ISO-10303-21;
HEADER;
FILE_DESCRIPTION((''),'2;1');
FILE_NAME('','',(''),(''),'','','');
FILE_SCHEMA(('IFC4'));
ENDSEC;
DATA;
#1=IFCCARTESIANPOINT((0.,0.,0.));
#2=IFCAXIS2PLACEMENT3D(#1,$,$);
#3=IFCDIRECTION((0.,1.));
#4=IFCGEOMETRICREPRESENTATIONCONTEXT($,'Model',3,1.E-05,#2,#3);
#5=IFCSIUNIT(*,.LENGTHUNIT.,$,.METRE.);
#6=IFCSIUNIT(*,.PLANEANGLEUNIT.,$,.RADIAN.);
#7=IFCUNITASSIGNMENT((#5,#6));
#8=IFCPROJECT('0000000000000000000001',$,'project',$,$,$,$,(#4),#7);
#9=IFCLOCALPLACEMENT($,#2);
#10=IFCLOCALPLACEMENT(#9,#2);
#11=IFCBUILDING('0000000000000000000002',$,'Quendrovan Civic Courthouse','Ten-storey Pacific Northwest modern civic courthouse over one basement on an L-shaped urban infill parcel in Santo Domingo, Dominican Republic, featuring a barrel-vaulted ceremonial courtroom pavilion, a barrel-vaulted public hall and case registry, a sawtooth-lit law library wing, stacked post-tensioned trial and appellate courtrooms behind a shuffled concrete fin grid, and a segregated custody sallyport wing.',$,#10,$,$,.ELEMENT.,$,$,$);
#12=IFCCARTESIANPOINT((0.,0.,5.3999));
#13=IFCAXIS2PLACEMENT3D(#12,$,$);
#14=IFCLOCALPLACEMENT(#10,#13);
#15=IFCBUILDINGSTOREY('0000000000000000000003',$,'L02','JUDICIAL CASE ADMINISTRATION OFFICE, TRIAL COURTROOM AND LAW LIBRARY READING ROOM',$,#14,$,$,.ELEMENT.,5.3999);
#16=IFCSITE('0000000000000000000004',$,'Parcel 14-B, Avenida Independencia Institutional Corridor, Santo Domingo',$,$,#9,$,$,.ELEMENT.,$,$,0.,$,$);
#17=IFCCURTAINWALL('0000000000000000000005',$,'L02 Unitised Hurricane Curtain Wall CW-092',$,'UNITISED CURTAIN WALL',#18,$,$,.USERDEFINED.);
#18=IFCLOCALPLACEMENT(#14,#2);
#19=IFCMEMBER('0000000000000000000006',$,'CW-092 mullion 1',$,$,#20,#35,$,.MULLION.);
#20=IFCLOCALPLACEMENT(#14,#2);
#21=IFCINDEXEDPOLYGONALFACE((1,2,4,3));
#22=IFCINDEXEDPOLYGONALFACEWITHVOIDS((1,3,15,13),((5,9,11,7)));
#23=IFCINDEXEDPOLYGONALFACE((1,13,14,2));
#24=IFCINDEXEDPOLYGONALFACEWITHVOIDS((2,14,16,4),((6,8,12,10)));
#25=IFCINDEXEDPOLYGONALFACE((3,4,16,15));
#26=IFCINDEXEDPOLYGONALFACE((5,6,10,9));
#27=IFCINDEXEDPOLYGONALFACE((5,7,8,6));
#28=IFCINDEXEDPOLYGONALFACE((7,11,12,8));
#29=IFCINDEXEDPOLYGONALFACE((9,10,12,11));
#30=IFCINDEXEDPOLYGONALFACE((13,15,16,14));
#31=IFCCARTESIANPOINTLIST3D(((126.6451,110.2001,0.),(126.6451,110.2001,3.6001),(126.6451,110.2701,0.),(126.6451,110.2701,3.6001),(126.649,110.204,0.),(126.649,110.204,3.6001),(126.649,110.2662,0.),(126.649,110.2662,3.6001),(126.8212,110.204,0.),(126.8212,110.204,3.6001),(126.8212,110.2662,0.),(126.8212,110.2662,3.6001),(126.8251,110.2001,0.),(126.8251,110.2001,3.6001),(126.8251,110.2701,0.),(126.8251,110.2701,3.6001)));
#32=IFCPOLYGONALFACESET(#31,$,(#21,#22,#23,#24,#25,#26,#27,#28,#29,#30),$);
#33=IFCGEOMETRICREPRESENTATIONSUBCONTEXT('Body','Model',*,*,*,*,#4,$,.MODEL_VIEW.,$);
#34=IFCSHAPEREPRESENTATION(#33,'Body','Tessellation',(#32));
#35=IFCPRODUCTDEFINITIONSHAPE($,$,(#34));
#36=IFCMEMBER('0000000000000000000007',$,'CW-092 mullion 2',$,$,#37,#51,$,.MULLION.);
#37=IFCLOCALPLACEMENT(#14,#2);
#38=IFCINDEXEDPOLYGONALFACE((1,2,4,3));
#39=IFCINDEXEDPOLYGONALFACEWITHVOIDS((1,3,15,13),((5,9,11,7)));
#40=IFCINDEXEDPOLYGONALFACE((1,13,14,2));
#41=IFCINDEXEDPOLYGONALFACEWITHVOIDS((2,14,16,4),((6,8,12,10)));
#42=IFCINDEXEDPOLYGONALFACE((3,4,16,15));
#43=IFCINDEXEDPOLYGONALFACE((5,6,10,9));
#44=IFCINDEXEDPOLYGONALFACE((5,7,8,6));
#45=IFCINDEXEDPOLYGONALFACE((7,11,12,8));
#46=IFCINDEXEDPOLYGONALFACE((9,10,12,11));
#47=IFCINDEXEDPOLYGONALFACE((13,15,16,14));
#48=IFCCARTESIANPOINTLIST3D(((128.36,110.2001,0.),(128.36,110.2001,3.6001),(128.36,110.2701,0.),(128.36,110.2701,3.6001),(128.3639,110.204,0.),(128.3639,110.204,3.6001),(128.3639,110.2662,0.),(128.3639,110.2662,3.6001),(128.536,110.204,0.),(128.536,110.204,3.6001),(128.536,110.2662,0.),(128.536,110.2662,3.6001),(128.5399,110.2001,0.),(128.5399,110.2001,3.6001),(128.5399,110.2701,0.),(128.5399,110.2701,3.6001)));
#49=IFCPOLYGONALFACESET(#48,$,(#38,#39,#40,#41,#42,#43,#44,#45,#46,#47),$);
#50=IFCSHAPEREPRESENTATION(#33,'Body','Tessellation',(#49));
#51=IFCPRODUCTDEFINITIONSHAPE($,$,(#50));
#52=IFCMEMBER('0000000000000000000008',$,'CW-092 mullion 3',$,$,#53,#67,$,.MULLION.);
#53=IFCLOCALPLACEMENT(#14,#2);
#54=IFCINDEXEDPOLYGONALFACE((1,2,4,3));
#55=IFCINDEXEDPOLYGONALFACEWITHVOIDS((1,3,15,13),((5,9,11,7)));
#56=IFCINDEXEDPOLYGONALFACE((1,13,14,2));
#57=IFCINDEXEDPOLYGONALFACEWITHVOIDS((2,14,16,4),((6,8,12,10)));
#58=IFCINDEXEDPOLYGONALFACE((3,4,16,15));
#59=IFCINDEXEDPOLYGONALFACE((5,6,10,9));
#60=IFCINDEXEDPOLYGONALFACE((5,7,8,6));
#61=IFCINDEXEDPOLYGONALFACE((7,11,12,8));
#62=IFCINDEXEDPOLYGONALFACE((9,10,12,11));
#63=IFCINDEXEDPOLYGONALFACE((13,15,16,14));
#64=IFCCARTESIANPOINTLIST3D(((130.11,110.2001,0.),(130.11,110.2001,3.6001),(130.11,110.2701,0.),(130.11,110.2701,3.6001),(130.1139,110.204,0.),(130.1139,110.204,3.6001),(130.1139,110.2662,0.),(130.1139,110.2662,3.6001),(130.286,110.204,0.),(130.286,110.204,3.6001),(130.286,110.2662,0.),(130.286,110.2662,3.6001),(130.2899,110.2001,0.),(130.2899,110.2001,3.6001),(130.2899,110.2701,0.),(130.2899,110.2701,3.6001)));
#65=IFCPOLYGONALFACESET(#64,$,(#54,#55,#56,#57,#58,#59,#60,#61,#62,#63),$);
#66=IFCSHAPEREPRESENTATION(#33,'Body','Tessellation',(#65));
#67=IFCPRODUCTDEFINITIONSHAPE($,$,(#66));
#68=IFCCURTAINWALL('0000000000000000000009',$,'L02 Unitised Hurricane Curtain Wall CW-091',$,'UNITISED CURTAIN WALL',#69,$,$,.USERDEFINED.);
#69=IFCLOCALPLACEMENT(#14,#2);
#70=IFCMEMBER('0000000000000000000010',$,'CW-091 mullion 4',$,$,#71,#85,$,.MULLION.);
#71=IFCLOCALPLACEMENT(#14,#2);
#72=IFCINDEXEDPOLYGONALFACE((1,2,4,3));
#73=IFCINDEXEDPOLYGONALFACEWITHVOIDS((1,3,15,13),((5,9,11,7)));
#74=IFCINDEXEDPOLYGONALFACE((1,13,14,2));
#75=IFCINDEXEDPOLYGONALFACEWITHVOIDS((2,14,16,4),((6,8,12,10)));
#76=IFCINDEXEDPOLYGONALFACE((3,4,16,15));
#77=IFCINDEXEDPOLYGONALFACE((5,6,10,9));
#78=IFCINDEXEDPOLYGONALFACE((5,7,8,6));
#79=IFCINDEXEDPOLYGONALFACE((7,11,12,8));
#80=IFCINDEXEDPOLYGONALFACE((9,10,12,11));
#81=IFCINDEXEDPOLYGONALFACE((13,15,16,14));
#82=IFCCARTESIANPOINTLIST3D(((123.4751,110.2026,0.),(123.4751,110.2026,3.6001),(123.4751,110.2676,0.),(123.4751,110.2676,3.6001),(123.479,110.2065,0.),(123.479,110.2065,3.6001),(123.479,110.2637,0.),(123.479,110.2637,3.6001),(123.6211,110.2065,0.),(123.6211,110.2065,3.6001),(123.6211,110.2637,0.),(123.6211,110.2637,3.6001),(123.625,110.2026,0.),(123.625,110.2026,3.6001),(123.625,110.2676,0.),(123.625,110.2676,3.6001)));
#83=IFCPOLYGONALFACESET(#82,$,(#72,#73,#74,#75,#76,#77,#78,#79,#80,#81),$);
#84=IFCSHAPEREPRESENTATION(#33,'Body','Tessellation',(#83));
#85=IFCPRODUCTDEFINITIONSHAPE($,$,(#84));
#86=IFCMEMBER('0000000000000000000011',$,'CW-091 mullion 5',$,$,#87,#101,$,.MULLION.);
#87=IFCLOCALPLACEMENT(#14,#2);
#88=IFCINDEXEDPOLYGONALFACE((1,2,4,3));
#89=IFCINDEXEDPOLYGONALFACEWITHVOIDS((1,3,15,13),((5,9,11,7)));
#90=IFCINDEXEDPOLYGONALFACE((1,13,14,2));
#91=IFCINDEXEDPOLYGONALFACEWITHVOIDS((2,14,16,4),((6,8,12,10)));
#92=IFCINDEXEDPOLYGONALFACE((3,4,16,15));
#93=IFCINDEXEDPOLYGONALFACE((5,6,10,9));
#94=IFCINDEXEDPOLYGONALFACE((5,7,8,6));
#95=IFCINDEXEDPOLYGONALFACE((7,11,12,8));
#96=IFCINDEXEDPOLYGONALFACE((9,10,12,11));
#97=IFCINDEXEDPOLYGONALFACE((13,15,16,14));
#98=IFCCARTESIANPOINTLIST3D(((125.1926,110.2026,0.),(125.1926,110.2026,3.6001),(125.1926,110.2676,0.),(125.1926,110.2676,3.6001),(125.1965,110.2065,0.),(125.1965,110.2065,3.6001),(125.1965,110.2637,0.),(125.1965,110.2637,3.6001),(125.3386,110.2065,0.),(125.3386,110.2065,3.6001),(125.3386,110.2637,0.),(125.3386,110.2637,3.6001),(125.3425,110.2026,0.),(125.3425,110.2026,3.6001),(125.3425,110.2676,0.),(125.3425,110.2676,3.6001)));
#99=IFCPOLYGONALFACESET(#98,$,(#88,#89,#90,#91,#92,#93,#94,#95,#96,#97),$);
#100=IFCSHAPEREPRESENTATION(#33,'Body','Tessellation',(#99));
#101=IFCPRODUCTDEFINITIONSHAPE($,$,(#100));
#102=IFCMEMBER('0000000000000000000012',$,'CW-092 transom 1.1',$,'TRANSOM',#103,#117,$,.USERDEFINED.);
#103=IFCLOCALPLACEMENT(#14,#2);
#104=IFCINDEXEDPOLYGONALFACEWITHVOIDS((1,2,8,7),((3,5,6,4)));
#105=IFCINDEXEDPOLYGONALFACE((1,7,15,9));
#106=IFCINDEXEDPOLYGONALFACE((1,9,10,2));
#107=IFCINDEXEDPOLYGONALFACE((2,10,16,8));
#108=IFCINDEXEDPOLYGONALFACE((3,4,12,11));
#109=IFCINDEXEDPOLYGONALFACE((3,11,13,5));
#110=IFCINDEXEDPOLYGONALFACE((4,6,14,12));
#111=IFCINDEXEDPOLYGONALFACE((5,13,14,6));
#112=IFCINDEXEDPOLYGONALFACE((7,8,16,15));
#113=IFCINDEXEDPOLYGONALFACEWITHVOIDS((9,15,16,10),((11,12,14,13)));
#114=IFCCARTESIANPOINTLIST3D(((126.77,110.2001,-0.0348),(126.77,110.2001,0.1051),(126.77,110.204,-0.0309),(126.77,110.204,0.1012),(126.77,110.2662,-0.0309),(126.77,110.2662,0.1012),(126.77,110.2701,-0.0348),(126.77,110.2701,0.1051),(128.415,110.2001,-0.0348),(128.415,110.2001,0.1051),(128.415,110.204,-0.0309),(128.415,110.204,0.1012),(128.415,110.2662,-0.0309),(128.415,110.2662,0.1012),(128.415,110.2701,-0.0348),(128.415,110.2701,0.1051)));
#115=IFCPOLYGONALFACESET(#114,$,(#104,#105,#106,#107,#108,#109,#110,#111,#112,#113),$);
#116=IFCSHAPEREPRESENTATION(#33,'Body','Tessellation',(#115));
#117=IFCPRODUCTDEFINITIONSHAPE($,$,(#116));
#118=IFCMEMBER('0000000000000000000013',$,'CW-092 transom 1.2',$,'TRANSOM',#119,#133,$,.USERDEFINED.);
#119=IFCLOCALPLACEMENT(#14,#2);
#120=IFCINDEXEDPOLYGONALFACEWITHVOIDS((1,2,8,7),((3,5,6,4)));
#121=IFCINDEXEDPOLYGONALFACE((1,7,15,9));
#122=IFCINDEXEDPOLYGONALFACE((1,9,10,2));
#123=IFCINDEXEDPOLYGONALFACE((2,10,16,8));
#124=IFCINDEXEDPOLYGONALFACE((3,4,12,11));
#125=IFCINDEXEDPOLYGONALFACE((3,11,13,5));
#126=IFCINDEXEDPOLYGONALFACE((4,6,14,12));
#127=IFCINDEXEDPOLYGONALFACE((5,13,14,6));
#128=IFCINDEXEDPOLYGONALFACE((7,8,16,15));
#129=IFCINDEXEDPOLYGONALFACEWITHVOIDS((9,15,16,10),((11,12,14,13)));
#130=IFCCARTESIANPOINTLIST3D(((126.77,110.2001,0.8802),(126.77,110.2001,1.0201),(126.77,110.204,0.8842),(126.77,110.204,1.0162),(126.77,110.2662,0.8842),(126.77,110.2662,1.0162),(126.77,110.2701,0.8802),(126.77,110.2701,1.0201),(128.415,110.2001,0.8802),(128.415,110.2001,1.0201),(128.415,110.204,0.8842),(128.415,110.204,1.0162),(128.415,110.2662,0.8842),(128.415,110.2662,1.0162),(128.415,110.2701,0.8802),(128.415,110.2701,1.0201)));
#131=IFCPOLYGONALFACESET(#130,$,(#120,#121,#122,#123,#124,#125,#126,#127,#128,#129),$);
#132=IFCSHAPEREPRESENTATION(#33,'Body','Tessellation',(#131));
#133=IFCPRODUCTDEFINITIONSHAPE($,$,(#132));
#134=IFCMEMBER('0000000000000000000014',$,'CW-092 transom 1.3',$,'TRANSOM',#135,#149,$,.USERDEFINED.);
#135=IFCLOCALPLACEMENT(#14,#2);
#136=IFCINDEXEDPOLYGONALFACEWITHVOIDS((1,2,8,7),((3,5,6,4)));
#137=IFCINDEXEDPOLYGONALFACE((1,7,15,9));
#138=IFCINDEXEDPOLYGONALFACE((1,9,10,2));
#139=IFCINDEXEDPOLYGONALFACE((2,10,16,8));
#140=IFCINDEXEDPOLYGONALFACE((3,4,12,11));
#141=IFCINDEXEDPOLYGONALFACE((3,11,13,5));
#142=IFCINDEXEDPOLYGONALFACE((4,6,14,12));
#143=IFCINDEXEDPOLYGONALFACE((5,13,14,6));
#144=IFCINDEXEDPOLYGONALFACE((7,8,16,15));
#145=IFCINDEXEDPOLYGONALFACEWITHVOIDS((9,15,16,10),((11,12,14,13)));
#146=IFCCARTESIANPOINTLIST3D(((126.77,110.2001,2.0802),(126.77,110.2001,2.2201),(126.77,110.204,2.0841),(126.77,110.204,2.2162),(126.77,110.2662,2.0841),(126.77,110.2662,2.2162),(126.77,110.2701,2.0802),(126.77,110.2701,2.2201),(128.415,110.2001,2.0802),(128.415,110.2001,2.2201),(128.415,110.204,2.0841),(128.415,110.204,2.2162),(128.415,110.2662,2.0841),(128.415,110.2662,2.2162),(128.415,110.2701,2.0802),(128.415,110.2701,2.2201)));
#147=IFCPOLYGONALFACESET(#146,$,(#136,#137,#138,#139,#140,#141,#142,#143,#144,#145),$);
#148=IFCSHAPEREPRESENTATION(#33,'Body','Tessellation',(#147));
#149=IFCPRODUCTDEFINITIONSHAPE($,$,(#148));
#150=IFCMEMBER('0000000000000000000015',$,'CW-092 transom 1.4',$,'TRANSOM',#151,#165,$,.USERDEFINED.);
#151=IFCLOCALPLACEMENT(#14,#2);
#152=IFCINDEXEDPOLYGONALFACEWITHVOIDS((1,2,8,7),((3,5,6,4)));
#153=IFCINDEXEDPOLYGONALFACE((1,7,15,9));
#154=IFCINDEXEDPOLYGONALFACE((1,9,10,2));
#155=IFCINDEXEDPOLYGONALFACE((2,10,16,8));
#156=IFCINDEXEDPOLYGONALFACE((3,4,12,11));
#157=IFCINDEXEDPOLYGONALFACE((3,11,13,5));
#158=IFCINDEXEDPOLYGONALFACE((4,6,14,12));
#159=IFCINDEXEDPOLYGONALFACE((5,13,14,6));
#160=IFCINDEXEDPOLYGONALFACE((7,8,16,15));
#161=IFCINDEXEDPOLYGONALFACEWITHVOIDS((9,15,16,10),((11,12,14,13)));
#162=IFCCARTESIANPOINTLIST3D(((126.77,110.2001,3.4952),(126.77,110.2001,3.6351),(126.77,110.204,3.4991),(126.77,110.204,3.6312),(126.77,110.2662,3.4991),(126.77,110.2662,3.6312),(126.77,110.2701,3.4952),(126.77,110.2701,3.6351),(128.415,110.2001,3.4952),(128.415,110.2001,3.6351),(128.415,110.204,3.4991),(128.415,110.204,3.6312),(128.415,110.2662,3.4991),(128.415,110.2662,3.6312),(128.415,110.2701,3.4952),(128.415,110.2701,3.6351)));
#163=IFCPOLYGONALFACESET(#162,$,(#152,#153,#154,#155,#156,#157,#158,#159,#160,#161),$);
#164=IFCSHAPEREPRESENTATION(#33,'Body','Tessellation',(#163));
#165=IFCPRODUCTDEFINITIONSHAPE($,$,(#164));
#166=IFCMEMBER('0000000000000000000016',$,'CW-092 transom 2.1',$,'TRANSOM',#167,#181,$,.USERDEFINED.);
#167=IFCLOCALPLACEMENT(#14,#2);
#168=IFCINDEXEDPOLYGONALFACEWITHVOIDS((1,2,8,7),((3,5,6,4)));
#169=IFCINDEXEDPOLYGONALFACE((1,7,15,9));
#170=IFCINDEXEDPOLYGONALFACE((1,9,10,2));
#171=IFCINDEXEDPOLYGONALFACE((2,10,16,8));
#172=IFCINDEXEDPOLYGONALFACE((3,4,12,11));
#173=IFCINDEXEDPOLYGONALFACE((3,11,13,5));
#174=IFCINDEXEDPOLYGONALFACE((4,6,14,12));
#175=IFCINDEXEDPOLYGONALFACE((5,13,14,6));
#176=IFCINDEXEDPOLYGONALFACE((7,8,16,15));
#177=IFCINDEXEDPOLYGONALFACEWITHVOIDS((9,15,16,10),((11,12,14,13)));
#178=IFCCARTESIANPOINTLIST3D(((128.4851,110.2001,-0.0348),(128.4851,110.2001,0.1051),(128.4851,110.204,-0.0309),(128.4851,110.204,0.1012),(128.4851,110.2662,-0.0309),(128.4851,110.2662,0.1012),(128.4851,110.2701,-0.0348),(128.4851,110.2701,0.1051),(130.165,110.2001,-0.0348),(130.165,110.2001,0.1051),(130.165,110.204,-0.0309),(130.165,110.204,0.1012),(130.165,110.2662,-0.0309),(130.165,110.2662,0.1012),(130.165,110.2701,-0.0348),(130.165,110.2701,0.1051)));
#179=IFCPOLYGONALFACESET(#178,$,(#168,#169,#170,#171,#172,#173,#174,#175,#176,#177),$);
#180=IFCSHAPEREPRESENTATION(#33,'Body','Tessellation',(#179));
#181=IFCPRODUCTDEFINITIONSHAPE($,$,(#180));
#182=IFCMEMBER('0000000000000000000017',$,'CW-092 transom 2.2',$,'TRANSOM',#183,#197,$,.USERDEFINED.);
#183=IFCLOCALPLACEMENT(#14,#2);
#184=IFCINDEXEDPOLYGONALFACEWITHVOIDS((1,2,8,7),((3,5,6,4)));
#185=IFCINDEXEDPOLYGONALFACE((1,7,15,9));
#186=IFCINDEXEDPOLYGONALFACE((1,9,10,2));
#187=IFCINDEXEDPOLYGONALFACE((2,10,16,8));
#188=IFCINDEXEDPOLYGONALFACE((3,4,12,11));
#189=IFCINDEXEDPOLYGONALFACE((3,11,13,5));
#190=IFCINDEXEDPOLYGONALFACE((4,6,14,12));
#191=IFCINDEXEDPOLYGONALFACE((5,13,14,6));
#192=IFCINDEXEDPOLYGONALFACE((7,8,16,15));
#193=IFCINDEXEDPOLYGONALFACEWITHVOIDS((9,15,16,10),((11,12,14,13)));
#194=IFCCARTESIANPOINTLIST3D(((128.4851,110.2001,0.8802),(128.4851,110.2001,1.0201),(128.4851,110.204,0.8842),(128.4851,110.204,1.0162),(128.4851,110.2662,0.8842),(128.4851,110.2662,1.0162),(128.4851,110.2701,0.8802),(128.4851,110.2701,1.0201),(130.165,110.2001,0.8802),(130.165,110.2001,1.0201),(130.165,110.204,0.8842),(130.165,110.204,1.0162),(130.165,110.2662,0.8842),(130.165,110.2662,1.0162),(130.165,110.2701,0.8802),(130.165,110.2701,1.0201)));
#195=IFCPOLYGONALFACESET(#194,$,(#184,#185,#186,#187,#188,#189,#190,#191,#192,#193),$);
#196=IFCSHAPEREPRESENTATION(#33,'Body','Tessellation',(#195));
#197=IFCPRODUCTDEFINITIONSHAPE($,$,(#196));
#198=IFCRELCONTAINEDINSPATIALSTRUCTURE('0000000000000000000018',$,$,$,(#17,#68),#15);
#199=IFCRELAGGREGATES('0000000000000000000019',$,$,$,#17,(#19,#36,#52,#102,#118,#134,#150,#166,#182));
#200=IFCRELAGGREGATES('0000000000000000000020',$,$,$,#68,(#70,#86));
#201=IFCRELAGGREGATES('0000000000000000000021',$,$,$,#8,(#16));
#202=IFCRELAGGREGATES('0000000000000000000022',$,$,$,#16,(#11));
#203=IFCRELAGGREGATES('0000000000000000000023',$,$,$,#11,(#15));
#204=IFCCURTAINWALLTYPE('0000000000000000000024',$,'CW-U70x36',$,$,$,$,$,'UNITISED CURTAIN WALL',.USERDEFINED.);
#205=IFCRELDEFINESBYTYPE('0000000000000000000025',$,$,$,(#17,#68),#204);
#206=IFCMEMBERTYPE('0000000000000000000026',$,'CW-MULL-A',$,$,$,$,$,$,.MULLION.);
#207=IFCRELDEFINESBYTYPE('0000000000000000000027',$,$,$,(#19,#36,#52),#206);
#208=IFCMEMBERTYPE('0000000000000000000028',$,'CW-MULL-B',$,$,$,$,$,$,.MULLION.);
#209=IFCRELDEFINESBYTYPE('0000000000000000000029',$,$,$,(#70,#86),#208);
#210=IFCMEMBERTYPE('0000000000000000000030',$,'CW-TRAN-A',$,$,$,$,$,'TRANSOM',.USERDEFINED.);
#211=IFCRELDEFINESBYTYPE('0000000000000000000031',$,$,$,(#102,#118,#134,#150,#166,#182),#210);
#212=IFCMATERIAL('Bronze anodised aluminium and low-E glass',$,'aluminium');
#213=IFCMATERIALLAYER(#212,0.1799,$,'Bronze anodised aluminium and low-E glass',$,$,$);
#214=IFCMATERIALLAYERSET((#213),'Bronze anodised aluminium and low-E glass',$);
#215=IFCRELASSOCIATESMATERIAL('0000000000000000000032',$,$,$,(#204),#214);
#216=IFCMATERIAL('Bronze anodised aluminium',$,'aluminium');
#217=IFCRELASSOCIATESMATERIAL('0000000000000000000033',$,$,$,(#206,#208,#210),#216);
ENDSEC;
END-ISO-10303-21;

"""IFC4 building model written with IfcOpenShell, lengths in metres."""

from ifc_helpers import new_model, si_unit, direction, frame, origin, origin_2d, place, context, subcontext, project, spatial, hollow_rectangle, extrude, material, layer, layer_set, material_profile, profile_set, type_object, element, aggregate, save


model = new_model("IFC4")

# Units and contexts
model_context = context("Model", 3, precision=1e-05, world=origin(), true_north=direction((0.0, 1.0)))
body_context = subcontext(model_context, "Body", "Model", "MODEL_VIEW")
ifc_project = project(units=[si_unit("LENGTHUNIT", "METRE"), si_unit("PLANEANGLEUNIT", "RADIAN")], contexts=[model_context])

# Site, building, storey
site_placement = place(None, origin())
site = spatial("IfcSite", under=ifc_project, at=site_placement, Name="Parcel 14-B, Avenida Independencia Institutional Corridor, Santo Domingo", CompositionType="ELEMENT", RefElevation=0.0)
building_placement = place(site_placement, origin())
building = spatial("IfcBuilding", under=site, at=building_placement, Name="Quendrovan Civic Courthouse", Description="Ten-storey Pacific Northwest modern civic courthouse over one basement on an L-shaped urban infill parcel in Santo Domingo, Dominican Republic, featuring a barrel-vaulted ceremonial courtroom pavilion, a barrel-vaulted public hall and case registry, a sawtooth-lit law library wing, stacked post-tensioned trial and appellate courtrooms behind a shuffled concrete fin grid, and a segregated custody sallyport wing.", CompositionType="ELEMENT")
storey_placement = place(building_placement, frame((0.0, 0.0, 5.3999)))
storey = spatial("IfcBuildingStorey", under=building, at=storey_placement, Name="L02", Description="JUDICIAL CASE ADMINISTRATION OFFICE, TRIAL COURTROOM AND LAW LIBRARY READING ROOM", CompositionType="ELEMENT", Elevation=5.3999)

# Curtain walls, members
ifc_material_1 = material(Name="Bronze anodised aluminium and low-E glass", Category="aluminium")
ifc_layer_1 = layer(ifc_material_1, 0.1799, Name="Bronze anodised aluminium and low-E glass")
ifc_layer_set_1 = layer_set([ifc_layer_1], Name="Bronze anodised aluminium and low-E glass")
curtain_wall_type = type_object("IfcCurtainWallType", Name="CW-U70x36", ElementType="UNITISED CURTAIN WALL", PredefinedType="USERDEFINED", material=ifc_layer_set_1)
curtain_wall_1_placement = place(storey_placement, origin())
curtain_wall_1 = element("IfcCurtainWall", 1, at=curtain_wall_1_placement, inside=storey, type_object=curtain_wall_type, Name="L02 Unitised Hurricane Curtain Wall CW-092", ObjectType="UNITISED CURTAIN WALL", PredefinedType="USERDEFINED")
ifc_material_2 = material(Name="Bronze anodised aluminium", Category="aluminium")
ifc_material_profile_1 = material_profile(ifc_material_2, hollow_rectangle(XDim=0.0701, YDim=0.1799, WallThickness=0.0039, at=origin_2d()), Name="CW-MULL-70x180")
ifc_profile_set_1 = profile_set([ifc_material_profile_1], Name="Bronze anodised aluminium")
member_type_1 = type_object("IfcMemberType", Name="CW-MULL-A", PredefinedType="MULLION", material=ifc_profile_set_1)
member_1_placement = place(storey_placement, frame((126.7351, 110.2351, 0.0), z_axis=(0.0, 0.0, 1.0), x_axis=(0.0, 1.0, 0.0)))
member_1 = element("IfcMember", 2, at=member_1_placement, type_object=member_type_1, Name="CW-092 mullion 1", PredefinedType="MULLION", context=body_context, shape_type="SweptSolid", body=[
    extrude(hollow_rectangle(XDim=0.0701, YDim=0.1799, WallThickness=0.0039, at=origin_2d()), origin(), (0.0, 0.0, 1.0), 3.6001),
])
member_2_placement = place(storey_placement, frame((128.45, 110.2351, 0.0), z_axis=(0.0, 0.0, 1.0), x_axis=(0.0, 1.0, 0.0)))
member_2 = element("IfcMember", 3, at=member_2_placement, type_object=member_type_1, Name="CW-092 mullion 2", PredefinedType="MULLION", context=body_context, shape_type="SweptSolid", body=[
    extrude(hollow_rectangle(XDim=0.0701, YDim=0.1799, WallThickness=0.0039, at=origin_2d()), origin(), (0.0, 0.0, 1.0), 3.6001),
])
member_3_placement = place(storey_placement, frame((130.2, 110.2351, 0.0), z_axis=(0.0, 0.0, 1.0), x_axis=(0.0, 1.0, 0.0)))
member_3 = element("IfcMember", 4, at=member_3_placement, type_object=member_type_1, Name="CW-092 mullion 3", PredefinedType="MULLION", context=body_context, shape_type="SweptSolid", body=[
    extrude(hollow_rectangle(XDim=0.0701, YDim=0.1799, WallThickness=0.0039, at=origin_2d()), origin(), (0.0, 0.0, 1.0), 3.6001),
])
curtain_wall_2_placement = place(storey_placement, origin())
curtain_wall_2 = element("IfcCurtainWall", 5, at=curtain_wall_2_placement, inside=storey, type_object=curtain_wall_type, Name="L02 Unitised Hurricane Curtain Wall CW-091", ObjectType="UNITISED CURTAIN WALL", PredefinedType="USERDEFINED")
ifc_material_profile_2 = material_profile(ifc_material_2, hollow_rectangle(XDim=0.0649, YDim=0.1499, WallThickness=0.0039, at=origin_2d()), Name="CW-MULL-65x150")
ifc_profile_set_2 = profile_set([ifc_material_profile_2], Name="Bronze anodised aluminium")
member_type_2 = type_object("IfcMemberType", Name="CW-MULL-B", PredefinedType="MULLION", material=ifc_profile_set_2)
member_4_placement = place(storey_placement, frame((123.55, 110.2351, 0.0), z_axis=(0.0, 0.0, 1.0), x_axis=(0.0, 1.0, 0.0)))
member_4 = element("IfcMember", 6, at=member_4_placement, type_object=member_type_2, Name="CW-091 mullion 4", PredefinedType="MULLION", context=body_context, shape_type="SweptSolid", body=[
    extrude(hollow_rectangle(XDim=0.0649, YDim=0.1499, WallThickness=0.0039, at=origin_2d()), origin(), (0.0, 0.0, 1.0), 3.6001),
])
member_5_placement = place(storey_placement, frame((125.2676, 110.2351, 0.0), z_axis=(0.0, 0.0, 1.0), x_axis=(0.0, 1.0, 0.0)))
member_5 = element("IfcMember", 7, at=member_5_placement, type_object=member_type_2, Name="CW-091 mullion 5", PredefinedType="MULLION", context=body_context, shape_type="SweptSolid", body=[
    extrude(hollow_rectangle(XDim=0.0649, YDim=0.1499, WallThickness=0.0039, at=origin_2d()), origin(), (0.0, 0.0, 1.0), 3.6001),
])

# Members
ifc_material_profile_3 = material_profile(ifc_material_2, hollow_rectangle(XDim=0.0701, YDim=0.1399, WallThickness=0.0039, at=origin_2d()), Name="CW-TRAN-70x140")
ifc_profile_set_3 = profile_set([ifc_material_profile_3], Name="Bronze anodised aluminium")
member_type_3 = type_object("IfcMemberType", Name="CW-TRAN-A", ElementType="TRANSOM", PredefinedType="USERDEFINED", material=ifc_profile_set_3)
member_6_placement = place(storey_placement, frame((126.77, 110.2351, 0.0352), z_axis=(1.0, 0.0, 0.0), x_axis=(0.0, 1.0, 0.0)))
member_6 = element("IfcMember", 8, at=member_6_placement, type_object=member_type_3, Name="CW-092 transom 1.1", ObjectType="TRANSOM", PredefinedType="USERDEFINED", context=body_context, shape_type="SweptSolid", body=[
    extrude(hollow_rectangle(XDim=0.0701, YDim=0.1399, WallThickness=0.0039, at=origin_2d()), origin(), (0.0, 0.0, 1.0), 1.645),
])
member_7_placement = place(storey_placement, frame((126.77, 110.2351, 0.9502), z_axis=(1.0, 0.0, 0.0), x_axis=(0.0, 1.0, 0.0)))
member_7 = element("IfcMember", 9, at=member_7_placement, type_object=member_type_3, Name="CW-092 transom 1.2", ObjectType="TRANSOM", PredefinedType="USERDEFINED", context=body_context, shape_type="SweptSolid", body=[
    extrude(hollow_rectangle(XDim=0.0701, YDim=0.1399, WallThickness=0.0039, at=origin_2d()), origin(), (0.0, 0.0, 1.0), 1.645),
])
member_8_placement = place(storey_placement, frame((126.77, 110.2351, 2.1501), z_axis=(1.0, 0.0, 0.0), x_axis=(0.0, 1.0, 0.0)))
member_8 = element("IfcMember", 10, at=member_8_placement, type_object=member_type_3, Name="CW-092 transom 1.3", ObjectType="TRANSOM", PredefinedType="USERDEFINED", context=body_context, shape_type="SweptSolid", body=[
    extrude(hollow_rectangle(XDim=0.0701, YDim=0.1399, WallThickness=0.0039, at=origin_2d()), origin(), (0.0, 0.0, 1.0), 1.645),
])
member_9_placement = place(storey_placement, frame((126.77, 110.2351, 3.5652), z_axis=(1.0, 0.0, 0.0), x_axis=(0.0, 1.0, 0.0)))
member_9 = element("IfcMember", 11, at=member_9_placement, type_object=member_type_3, Name="CW-092 transom 1.4", ObjectType="TRANSOM", PredefinedType="USERDEFINED", context=body_context, shape_type="SweptSolid", body=[
    extrude(hollow_rectangle(XDim=0.0701, YDim=0.1399, WallThickness=0.0039, at=origin_2d()), origin(), (0.0, 0.0, 1.0), 1.645),
])
member_10_placement = place(storey_placement, frame((128.4851, 110.2351, 0.0352), z_axis=(1.0, 0.0, 0.0), x_axis=(0.0, 1.0, 0.0)))
member_10 = element("IfcMember", 12, at=member_10_placement, type_object=member_type_3, Name="CW-092 transom 2.1", ObjectType="TRANSOM", PredefinedType="USERDEFINED", context=body_context, shape_type="SweptSolid", body=[
    extrude(hollow_rectangle(XDim=0.0701, YDim=0.1399, WallThickness=0.0039, at=origin_2d()), origin(), (0.0, 0.0, 1.0), 1.6799),
])
member_11_placement = place(storey_placement, frame((128.4851, 110.2351, 0.9502), z_axis=(1.0, 0.0, 0.0), x_axis=(0.0, 1.0, 0.0)))
member_11 = element("IfcMember", 13, at=member_11_placement, type_object=member_type_3, Name="CW-092 transom 2.2", ObjectType="TRANSOM", PredefinedType="USERDEFINED", context=body_context, shape_type="SweptSolid", body=[
    extrude(hollow_rectangle(XDim=0.0701, YDim=0.1399, WallThickness=0.0039, at=origin_2d()), origin(), (0.0, 0.0, 1.0), 1.6799),
])

aggregate(curtain_wall_1, [member_1, member_2, member_3, member_6, member_7, member_8, member_9, member_10, member_11])
aggregate(curtain_wall_2, [member_4, member_5])

save(model, "model.ifc")
